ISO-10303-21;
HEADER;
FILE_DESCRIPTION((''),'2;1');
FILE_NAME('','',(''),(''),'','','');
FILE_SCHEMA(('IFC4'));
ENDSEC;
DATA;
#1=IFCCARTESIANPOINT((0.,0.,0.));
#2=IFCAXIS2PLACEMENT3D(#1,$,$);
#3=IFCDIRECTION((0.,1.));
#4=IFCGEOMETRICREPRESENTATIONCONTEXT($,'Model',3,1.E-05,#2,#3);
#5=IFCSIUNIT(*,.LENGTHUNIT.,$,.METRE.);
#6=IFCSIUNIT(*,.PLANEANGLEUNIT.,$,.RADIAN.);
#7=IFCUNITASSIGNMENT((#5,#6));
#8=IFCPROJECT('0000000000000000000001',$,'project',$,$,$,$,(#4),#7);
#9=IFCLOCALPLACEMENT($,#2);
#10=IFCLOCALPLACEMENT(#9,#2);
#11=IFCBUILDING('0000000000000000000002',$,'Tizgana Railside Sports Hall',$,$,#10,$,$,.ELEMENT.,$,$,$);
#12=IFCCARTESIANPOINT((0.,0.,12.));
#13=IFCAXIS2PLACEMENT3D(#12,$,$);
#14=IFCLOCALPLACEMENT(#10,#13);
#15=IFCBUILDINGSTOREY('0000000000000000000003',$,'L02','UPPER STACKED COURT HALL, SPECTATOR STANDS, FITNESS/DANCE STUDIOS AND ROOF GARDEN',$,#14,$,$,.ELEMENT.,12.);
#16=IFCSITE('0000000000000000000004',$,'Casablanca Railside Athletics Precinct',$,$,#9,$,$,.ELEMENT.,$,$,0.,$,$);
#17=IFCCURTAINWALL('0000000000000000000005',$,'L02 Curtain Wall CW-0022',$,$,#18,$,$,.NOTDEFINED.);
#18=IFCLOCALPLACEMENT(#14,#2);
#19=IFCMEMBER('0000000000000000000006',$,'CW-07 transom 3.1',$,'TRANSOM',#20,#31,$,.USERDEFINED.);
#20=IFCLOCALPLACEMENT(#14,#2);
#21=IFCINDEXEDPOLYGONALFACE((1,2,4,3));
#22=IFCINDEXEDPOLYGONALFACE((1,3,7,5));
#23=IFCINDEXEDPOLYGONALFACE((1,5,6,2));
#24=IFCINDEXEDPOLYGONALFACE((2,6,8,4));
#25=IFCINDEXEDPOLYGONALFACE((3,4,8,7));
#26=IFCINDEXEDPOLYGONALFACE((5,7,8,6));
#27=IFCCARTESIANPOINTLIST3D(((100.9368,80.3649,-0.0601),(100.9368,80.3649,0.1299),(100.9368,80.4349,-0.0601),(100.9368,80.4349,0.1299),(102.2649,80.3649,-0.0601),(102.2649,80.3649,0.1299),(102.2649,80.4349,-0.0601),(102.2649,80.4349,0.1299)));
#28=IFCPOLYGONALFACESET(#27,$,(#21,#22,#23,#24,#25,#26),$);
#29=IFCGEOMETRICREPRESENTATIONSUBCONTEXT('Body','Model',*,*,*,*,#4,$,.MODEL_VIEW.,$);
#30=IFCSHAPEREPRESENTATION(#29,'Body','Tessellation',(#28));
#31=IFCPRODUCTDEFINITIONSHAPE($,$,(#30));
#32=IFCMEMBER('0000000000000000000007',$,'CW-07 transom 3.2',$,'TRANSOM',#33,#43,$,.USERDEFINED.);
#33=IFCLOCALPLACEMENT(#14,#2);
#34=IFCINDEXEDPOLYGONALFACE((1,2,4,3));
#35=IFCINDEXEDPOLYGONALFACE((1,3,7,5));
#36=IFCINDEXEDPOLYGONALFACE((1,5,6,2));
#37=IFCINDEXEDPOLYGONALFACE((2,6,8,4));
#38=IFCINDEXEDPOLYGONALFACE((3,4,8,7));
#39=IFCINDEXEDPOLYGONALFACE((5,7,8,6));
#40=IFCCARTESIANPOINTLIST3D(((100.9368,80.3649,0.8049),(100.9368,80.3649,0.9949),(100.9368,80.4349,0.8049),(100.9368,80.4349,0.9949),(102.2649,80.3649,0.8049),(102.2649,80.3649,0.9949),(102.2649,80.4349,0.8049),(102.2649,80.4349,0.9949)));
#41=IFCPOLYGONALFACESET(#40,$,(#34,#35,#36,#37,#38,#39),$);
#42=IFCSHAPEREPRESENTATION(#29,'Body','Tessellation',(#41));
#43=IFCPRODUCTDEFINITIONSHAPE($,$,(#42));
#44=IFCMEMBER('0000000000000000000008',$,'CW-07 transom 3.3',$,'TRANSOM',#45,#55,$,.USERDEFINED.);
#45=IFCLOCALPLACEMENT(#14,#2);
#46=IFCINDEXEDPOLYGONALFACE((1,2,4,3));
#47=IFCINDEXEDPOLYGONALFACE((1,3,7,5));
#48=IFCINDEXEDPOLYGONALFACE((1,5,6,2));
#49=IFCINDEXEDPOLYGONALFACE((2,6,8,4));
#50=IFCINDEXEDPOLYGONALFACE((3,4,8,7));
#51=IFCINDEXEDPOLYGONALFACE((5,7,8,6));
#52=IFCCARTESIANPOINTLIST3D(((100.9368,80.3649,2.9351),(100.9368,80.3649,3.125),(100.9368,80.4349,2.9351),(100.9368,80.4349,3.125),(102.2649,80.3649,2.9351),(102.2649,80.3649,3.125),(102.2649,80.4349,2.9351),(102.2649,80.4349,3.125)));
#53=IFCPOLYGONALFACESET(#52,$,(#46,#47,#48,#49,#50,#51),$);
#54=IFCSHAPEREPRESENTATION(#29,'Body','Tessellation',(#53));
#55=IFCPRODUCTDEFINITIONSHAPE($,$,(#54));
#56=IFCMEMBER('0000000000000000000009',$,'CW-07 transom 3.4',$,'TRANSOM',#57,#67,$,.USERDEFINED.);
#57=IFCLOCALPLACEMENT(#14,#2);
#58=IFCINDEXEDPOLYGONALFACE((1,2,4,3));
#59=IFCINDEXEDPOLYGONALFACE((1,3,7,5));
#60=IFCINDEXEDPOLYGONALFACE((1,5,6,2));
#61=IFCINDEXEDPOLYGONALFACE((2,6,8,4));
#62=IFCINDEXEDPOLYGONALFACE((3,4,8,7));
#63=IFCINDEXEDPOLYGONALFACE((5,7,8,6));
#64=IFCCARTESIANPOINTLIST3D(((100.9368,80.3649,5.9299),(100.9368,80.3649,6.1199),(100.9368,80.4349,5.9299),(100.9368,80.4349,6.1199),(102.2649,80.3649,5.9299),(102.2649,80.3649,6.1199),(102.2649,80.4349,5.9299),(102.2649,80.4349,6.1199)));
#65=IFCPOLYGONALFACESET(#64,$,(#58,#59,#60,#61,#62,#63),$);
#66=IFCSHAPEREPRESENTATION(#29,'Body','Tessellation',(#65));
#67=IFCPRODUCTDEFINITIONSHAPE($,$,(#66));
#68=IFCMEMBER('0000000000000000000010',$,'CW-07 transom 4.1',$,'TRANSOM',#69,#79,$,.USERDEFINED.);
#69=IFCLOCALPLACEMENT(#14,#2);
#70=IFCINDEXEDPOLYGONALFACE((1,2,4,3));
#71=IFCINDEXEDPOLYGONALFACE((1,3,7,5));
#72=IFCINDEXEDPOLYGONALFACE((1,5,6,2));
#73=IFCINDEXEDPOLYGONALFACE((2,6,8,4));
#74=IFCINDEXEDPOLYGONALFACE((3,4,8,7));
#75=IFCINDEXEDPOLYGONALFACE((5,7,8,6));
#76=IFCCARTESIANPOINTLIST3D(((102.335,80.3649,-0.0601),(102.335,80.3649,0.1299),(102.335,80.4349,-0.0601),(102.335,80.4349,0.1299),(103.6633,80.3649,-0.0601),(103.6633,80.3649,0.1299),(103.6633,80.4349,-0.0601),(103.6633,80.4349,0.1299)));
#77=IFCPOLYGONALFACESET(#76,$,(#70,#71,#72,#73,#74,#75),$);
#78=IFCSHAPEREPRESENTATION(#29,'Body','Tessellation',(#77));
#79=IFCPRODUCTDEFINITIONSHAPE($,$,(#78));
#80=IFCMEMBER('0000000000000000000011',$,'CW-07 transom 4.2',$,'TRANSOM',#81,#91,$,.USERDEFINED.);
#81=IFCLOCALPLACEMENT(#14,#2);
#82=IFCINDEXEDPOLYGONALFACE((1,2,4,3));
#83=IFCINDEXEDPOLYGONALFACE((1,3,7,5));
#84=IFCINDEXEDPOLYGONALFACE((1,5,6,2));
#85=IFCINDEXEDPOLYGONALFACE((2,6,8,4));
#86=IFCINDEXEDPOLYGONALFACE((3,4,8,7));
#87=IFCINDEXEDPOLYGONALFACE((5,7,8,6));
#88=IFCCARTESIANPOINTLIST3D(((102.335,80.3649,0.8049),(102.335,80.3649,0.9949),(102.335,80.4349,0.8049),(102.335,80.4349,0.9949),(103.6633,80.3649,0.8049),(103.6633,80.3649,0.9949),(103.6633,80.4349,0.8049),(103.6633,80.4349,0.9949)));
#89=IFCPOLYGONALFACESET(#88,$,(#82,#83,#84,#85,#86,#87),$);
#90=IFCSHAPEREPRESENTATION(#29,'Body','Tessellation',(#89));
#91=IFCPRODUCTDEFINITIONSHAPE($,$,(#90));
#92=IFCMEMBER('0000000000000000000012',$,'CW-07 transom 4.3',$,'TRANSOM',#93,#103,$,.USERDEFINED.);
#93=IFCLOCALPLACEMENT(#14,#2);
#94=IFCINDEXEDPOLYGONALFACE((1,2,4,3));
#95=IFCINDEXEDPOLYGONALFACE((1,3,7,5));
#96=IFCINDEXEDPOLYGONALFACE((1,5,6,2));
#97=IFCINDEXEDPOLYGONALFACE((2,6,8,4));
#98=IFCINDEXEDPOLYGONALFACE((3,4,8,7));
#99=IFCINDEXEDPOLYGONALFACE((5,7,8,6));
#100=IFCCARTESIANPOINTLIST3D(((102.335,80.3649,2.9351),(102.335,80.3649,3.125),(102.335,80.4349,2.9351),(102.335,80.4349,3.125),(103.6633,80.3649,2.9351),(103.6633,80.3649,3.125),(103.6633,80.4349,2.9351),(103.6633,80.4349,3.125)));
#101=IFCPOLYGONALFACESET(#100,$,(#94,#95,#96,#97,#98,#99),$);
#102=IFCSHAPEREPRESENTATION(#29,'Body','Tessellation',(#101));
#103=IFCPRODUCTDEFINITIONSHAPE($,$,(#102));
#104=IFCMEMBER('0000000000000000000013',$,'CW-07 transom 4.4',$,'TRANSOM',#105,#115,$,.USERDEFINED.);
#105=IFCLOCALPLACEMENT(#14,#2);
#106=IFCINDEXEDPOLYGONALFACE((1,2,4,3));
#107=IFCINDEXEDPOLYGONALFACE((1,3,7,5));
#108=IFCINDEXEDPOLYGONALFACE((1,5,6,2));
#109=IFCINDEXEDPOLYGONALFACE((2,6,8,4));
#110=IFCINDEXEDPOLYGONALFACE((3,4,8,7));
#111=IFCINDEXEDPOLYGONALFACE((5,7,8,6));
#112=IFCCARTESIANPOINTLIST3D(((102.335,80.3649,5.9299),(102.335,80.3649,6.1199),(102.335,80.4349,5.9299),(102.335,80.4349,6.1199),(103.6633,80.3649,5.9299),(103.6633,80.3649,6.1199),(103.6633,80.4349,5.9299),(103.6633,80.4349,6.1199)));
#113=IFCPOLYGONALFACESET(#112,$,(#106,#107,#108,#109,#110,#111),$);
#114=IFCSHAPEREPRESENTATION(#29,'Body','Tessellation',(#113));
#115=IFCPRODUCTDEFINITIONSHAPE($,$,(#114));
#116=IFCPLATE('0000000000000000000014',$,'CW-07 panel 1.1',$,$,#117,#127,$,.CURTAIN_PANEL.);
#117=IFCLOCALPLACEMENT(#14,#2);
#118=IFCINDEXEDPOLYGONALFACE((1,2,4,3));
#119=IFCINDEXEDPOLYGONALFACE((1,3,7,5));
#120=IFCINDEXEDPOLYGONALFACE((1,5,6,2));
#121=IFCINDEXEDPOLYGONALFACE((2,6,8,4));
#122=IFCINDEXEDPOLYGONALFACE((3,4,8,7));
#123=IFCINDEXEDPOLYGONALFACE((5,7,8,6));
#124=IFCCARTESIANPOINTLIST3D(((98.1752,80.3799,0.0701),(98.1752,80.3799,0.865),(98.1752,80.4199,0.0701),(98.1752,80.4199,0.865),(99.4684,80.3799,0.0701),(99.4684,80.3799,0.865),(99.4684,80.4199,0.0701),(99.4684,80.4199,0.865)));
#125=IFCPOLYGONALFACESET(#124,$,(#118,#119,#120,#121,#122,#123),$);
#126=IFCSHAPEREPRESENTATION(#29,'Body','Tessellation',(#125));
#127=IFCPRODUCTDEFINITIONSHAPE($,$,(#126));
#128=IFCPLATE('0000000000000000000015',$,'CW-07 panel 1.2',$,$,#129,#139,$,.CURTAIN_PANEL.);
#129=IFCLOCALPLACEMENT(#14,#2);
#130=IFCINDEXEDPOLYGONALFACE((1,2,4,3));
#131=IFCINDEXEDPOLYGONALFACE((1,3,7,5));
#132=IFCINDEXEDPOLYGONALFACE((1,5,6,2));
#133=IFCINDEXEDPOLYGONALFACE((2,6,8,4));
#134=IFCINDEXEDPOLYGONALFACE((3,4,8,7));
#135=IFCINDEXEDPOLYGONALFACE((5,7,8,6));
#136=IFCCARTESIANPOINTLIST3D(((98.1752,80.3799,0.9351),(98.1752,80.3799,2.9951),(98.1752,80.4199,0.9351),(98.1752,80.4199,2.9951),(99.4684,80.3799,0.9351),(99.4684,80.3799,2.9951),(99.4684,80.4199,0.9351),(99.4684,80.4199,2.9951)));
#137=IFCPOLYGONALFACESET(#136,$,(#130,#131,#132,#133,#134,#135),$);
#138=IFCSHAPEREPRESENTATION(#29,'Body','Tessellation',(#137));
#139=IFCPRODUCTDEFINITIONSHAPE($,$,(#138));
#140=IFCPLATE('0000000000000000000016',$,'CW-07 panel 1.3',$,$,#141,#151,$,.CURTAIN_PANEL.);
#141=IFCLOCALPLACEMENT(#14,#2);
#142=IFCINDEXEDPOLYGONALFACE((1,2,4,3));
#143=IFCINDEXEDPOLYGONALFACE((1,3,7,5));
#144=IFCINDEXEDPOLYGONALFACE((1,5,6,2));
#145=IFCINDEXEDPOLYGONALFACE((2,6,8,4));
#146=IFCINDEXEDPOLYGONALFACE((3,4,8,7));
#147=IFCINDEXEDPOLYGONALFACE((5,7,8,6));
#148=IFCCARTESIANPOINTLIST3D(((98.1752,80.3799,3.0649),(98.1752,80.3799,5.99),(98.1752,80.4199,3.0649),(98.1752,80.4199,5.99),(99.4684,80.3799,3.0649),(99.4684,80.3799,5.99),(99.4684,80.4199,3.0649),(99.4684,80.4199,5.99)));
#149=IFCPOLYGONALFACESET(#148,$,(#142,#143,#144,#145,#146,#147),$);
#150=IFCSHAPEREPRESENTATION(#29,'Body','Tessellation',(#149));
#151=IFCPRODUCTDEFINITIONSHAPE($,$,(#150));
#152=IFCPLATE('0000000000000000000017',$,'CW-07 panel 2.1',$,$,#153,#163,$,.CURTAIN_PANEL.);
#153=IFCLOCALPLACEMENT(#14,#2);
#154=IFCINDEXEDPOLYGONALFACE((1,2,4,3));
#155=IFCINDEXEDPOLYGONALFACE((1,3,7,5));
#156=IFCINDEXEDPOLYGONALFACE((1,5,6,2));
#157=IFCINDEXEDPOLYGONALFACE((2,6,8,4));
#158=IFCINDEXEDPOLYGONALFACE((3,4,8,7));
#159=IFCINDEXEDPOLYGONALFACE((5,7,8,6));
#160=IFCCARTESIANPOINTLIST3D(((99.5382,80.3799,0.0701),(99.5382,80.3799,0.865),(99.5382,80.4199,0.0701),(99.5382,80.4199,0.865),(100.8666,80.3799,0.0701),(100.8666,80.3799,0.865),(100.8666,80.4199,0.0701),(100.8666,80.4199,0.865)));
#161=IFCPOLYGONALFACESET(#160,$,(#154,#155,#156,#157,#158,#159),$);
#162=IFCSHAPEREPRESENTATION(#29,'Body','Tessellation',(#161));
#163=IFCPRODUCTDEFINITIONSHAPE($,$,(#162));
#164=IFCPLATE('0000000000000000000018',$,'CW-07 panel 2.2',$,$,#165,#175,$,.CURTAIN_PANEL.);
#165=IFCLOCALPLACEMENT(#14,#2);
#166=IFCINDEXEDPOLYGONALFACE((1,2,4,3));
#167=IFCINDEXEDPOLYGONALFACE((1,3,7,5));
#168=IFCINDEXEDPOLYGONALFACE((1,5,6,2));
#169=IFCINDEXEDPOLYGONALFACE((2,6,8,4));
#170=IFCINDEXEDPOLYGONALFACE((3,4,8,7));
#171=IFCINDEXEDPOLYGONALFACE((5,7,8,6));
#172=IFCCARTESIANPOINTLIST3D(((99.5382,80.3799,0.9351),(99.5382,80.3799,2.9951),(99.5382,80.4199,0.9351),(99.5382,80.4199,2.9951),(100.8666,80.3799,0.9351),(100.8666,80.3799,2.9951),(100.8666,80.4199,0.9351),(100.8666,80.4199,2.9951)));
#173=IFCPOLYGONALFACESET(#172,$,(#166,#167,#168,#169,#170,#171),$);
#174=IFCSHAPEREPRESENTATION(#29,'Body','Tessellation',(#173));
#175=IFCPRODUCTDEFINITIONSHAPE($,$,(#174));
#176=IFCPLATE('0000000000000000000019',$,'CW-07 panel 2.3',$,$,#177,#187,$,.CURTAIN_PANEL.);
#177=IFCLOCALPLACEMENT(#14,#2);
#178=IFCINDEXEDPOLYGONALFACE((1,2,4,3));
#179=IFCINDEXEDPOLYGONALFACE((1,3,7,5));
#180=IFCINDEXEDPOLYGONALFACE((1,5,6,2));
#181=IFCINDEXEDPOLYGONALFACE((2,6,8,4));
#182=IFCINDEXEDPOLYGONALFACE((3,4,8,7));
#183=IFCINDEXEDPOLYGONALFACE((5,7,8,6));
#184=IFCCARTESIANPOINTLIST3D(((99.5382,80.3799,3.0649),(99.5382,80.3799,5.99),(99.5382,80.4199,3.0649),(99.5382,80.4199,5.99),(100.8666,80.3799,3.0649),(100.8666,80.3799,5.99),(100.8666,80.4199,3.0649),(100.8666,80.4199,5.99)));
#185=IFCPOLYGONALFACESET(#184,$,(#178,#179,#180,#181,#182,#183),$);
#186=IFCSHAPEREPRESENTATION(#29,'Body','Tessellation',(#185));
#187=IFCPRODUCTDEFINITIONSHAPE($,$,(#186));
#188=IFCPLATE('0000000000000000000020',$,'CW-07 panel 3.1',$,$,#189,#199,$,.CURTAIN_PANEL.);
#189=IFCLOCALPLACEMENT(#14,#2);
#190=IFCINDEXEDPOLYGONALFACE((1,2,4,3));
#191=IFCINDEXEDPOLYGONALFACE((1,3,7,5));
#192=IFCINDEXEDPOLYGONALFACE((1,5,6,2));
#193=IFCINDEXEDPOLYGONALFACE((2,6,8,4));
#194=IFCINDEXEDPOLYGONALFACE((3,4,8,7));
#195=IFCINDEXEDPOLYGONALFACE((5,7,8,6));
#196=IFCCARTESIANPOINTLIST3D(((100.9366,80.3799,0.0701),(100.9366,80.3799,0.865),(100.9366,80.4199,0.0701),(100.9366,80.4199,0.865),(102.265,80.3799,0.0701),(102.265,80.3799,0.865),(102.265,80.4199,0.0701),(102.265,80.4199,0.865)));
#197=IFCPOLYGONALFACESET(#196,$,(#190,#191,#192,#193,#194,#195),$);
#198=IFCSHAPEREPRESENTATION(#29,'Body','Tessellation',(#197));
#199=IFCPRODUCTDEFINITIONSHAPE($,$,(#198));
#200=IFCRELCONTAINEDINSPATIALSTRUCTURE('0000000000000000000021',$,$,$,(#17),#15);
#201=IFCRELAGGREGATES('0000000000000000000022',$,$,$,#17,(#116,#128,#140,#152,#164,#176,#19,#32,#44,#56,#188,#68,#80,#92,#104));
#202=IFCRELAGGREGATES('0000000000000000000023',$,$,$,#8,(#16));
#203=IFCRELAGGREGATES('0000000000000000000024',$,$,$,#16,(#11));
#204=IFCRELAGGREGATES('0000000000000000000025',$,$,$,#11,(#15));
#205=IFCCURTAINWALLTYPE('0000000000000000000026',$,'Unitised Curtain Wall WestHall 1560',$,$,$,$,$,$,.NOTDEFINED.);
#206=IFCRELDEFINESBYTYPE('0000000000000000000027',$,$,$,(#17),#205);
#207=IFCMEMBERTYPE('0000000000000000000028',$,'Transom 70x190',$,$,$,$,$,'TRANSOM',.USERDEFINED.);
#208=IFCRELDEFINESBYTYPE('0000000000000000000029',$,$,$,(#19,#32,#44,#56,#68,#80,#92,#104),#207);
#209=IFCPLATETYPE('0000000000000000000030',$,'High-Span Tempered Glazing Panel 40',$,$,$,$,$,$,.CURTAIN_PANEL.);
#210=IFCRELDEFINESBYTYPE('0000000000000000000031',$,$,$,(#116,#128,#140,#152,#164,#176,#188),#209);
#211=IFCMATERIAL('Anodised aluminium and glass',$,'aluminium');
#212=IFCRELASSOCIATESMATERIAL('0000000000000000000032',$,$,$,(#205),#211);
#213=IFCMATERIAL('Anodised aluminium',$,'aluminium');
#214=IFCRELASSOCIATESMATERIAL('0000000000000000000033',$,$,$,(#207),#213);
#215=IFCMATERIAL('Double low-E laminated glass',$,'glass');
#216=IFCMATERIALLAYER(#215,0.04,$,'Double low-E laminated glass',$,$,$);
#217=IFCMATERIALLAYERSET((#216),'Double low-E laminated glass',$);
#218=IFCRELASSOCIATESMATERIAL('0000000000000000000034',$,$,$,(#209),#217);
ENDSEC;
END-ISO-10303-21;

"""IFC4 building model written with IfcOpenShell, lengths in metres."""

from ifc_helpers import new_model, si_unit, direction, frame, origin, origin_2d, place, context, subcontext, project, spatial, rectangle, extrude, material, layer, layer_set, material_profile, profile_set, type_object, element, aggregate, save


model = new_model("IFC4")

# Units and contexts
model_context = context("Model", 3, precision=1e-05, world=origin(), true_north=direction((0.0, 1.0)))
body_context = subcontext(model_context, "Body", "Model", "MODEL_VIEW")
ifc_project = project(units=[si_unit("LENGTHUNIT", "METRE"), si_unit("PLANEANGLEUNIT", "RADIAN")], contexts=[model_context])

# Site, building, storey
site_placement = place(None, origin())
site = spatial("IfcSite", under=ifc_project, at=site_placement, Name="Casablanca Railside Athletics Precinct", CompositionType="ELEMENT", RefElevation=0.0)
building_placement = place(site_placement, origin())
building = spatial("IfcBuilding", under=site, at=building_placement, Name="Tizgana Railside Sports Hall", CompositionType="ELEMENT")
storey_placement = place(building_placement, frame((0.0, 0.0, 12.0)))
storey = spatial("IfcBuildingStorey", under=building, at=storey_placement, Name="L02", Description="UPPER STACKED COURT HALL, SPECTATOR STANDS, FITNESS/DANCE STUDIOS AND ROOF GARDEN", CompositionType="ELEMENT", Elevation=12.0)

# Shared definitions
ifc_material_1 = material(Name="Anodised aluminium and glass", Category="aluminium")
ifc_material_2 = material(Name="Anodised aluminium", Category="aluminium")

# Curtain wall, members, plates
curtain_wall_type_1 = type_object("IfcCurtainWallType", Name="Unitised Curtain Wall WestHall 1560", PredefinedType="NOTDEFINED", material=ifc_material_1)
curtain_wall_1_placement = place(storey_placement, origin())
curtain_wall_1 = element("IfcCurtainWall", 1, at=curtain_wall_1_placement, inside=storey, type_object=curtain_wall_type_1, Name="L02 Curtain Wall CW-0022", PredefinedType="NOTDEFINED")
ifc_material_profile_1 = material_profile(ifc_material_2, rectangle(XDim=0.0701, YDim=0.1899, at=origin_2d()), Name="Transom 70x190")
ifc_profile_set_1 = profile_set([ifc_material_profile_1], Name="Anodised aluminium")
member_type_1 = type_object("IfcMemberType", Name="Transom 70x190", ElementType="TRANSOM", PredefinedType="USERDEFINED", material=ifc_profile_set_1)
member_1_placement = place(storey_placement, frame((100.9368, 80.3999, 0.0349), z_axis=(1.0, 0.0, 0.0), x_axis=(0.0, 1.0, 0.0)))
member_1 = element("IfcMember", 2, at=member_1_placement, type_object=member_type_1, Name="CW-07 transom 3.1", ObjectType="TRANSOM", PredefinedType="USERDEFINED", context=body_context, shape_type="SweptSolid", body=[
    extrude(rectangle(XDim=0.0701, YDim=0.1899, at=origin_2d()), origin(), (0.0, 0.0, 1.0), 1.3281),
])
member_2_placement = place(storey_placement, frame((100.9368, 80.3999, 0.8999), z_axis=(1.0, 0.0, 0.0), x_axis=(0.0, 1.0, 0.0)))
member_2 = element("IfcMember", 3, at=member_2_placement, type_object=member_type_1, Name="CW-07 transom 3.2", ObjectType="TRANSOM", PredefinedType="USERDEFINED", context=body_context, shape_type="SweptSolid", body=[
    extrude(rectangle(XDim=0.0701, YDim=0.1899, at=origin_2d()), origin(), (0.0, 0.0, 1.0), 1.3281),
])
member_3_placement = place(storey_placement, frame((100.9368, 80.3999, 3.03), z_axis=(1.0, 0.0, 0.0), x_axis=(0.0, 1.0, 0.0)))
member_3 = element("IfcMember", 4, at=member_3_placement, type_object=member_type_1, Name="CW-07 transom 3.3", ObjectType="TRANSOM", PredefinedType="USERDEFINED", context=body_context, shape_type="SweptSolid", body=[
    extrude(rectangle(XDim=0.0701, YDim=0.1899, at=origin_2d()), origin(), (0.0, 0.0, 1.0), 1.3281),
])
member_4_placement = place(storey_placement, frame((100.9368, 80.3999, 6.0249), z_axis=(1.0, 0.0, 0.0), x_axis=(0.0, 1.0, 0.0)))
member_4 = element("IfcMember", 5, at=member_4_placement, type_object=member_type_1, Name="CW-07 transom 3.4", ObjectType="TRANSOM", PredefinedType="USERDEFINED", context=body_context, shape_type="SweptSolid", body=[
    extrude(rectangle(XDim=0.0701, YDim=0.1899, at=origin_2d()), origin(), (0.0, 0.0, 1.0), 1.3281),
])
member_5_placement = place(storey_placement, frame((102.335, 80.3999, 0.0349), z_axis=(1.0, 0.0, 0.0), x_axis=(0.0, 1.0, 0.0)))
member_5 = element("IfcMember", 6, at=member_5_placement, type_object=member_type_1, Name="CW-07 transom 4.1", ObjectType="TRANSOM", PredefinedType="USERDEFINED", context=body_context, shape_type="SweptSolid", body=[
    extrude(rectangle(XDim=0.0701, YDim=0.1899, at=origin_2d()), origin(), (0.0, 0.0, 1.0), 1.3284),
])
member_6_placement = place(storey_placement, frame((102.335, 80.3999, 0.8999), z_axis=(1.0, 0.0, 0.0), x_axis=(0.0, 1.0, 0.0)))
member_6 = element("IfcMember", 7, at=member_6_placement, type_object=member_type_1, Name="CW-07 transom 4.2", ObjectType="TRANSOM", PredefinedType="USERDEFINED", context=body_context, shape_type="SweptSolid", body=[
    extrude(rectangle(XDim=0.0701, YDim=0.1899, at=origin_2d()), origin(), (0.0, 0.0, 1.0), 1.3284),
])
member_7_placement = place(storey_placement, frame((102.335, 80.3999, 3.03), z_axis=(1.0, 0.0, 0.0), x_axis=(0.0, 1.0, 0.0)))
member_7 = element("IfcMember", 8, at=member_7_placement, type_object=member_type_1, Name="CW-07 transom 4.3", ObjectType="TRANSOM", PredefinedType="USERDEFINED", context=body_context, shape_type="SweptSolid", body=[
    extrude(rectangle(XDim=0.0701, YDim=0.1899, at=origin_2d()), origin(), (0.0, 0.0, 1.0), 1.3284),
])
member_8_placement = place(storey_placement, frame((102.335, 80.3999, 6.0249), z_axis=(1.0, 0.0, 0.0), x_axis=(0.0, 1.0, 0.0)))
member_8 = element("IfcMember", 9, at=member_8_placement, type_object=member_type_1, Name="CW-07 transom 4.4", ObjectType="TRANSOM", PredefinedType="USERDEFINED", context=body_context, shape_type="SweptSolid", body=[
    extrude(rectangle(XDim=0.0701, YDim=0.1899, at=origin_2d()), origin(), (0.0, 0.0, 1.0), 1.3284),
])
ifc_material_3 = material(Name="Double low-E laminated glass", Category="glass")
ifc_layer_1 = layer(ifc_material_3, 0.04, Name="Double low-E laminated glass")
ifc_layer_set_1 = layer_set([ifc_layer_1], Name="Double low-E laminated glass")
plate_type = type_object("IfcPlateType", Name="High-Span Tempered Glazing Panel 40", PredefinedType="CURTAIN_PANEL", material=ifc_layer_set_1)
plate_1_placement = place(storey_placement, frame((98.8218, 80.3999, 0.0701), z_axis=(0.0, 0.0, 1.0), x_axis=(1.0, 0.0, 0.0)))
plate_1 = element("IfcPlate", 10, at=plate_1_placement, type_object=plate_type, Name="CW-07 panel 1.1", PredefinedType="CURTAIN_PANEL", context=body_context, shape_type="SweptSolid", body=[
    extrude(rectangle(XDim=1.2932, YDim=0.04, at=origin_2d()), origin(), (0.0, 0.0, 1.0), 0.7949),
])
plate_2_placement = place(storey_placement, frame((98.8218, 80.3999, 0.9351), z_axis=(0.0, 0.0, 1.0), x_axis=(1.0, 0.0, 0.0)))
plate_2 = element("IfcPlate", 11, at=plate_2_placement, type_object=plate_type, Name="CW-07 panel 1.2", PredefinedType="CURTAIN_PANEL", context=body_context, shape_type="SweptSolid", body=[
    extrude(rectangle(XDim=1.2932, YDim=0.04, at=origin_2d()), origin(), (0.0, 0.0, 1.0), 2.0601),
])
plate_3_placement = place(storey_placement, frame((98.8218, 80.3999, 3.0649), z_axis=(0.0, 0.0, 1.0), x_axis=(1.0, 0.0, 0.0)))
plate_3 = element("IfcPlate", 12, at=plate_3_placement, type_object=plate_type, Name="CW-07 panel 1.3", PredefinedType="CURTAIN_PANEL", context=body_context, shape_type="SweptSolid", body=[
    extrude(rectangle(XDim=1.2932, YDim=0.04, at=origin_2d()), origin(), (0.0, 0.0, 1.0), 2.925),
])
plate_4_placement = place(storey_placement, frame((100.2024, 80.3999, 0.0701), z_axis=(0.0, 0.0, 1.0), x_axis=(1.0, 0.0, 0.0)))
plate_4 = element("IfcPlate", 13, at=plate_4_placement, type_object=plate_type, Name="CW-07 panel 2.1", PredefinedType="CURTAIN_PANEL", context=body_context, shape_type="SweptSolid", body=[
    extrude(rectangle(XDim=1.3284, YDim=0.04, at=origin_2d()), origin(), (0.0, 0.0, 1.0), 0.7949),
])
plate_5_placement = place(storey_placement, frame((100.2024, 80.3999, 0.9351), z_axis=(0.0, 0.0, 1.0), x_axis=(1.0, 0.0, 0.0)))
plate_5 = element("IfcPlate", 14, at=plate_5_placement, type_object=plate_type, Name="CW-07 panel 2.2", PredefinedType="CURTAIN_PANEL", context=body_context, shape_type="SweptSolid", body=[
    extrude(rectangle(XDim=1.3284, YDim=0.04, at=origin_2d()), origin(), (0.0, 0.0, 1.0), 2.0601),
])
plate_6_placement = place(storey_placement, frame((100.2024, 80.3999, 3.0649), z_axis=(0.0, 0.0, 1.0), x_axis=(1.0, 0.0, 0.0)))
plate_6 = element("IfcPlate", 15, at=plate_6_placement, type_object=plate_type, Name="CW-07 panel 2.3", PredefinedType="CURTAIN_PANEL", context=body_context, shape_type="SweptSolid", body=[
    extrude(rectangle(XDim=1.3284, YDim=0.04, at=origin_2d()), origin(), (0.0, 0.0, 1.0), 2.925),
])
plate_7_placement = place(storey_placement, frame((101.6008, 80.3999, 0.0701), z_axis=(0.0, 0.0, 1.0), x_axis=(1.0, 0.0, 0.0)))
plate_7 = element("IfcPlate", 16, at=plate_7_placement, type_object=plate_type, Name="CW-07 panel 3.1", PredefinedType="CURTAIN_PANEL", context=body_context, shape_type="SweptSolid", body=[
    extrude(rectangle(XDim=1.3284, YDim=0.04, at=origin_2d()), origin(), (0.0, 0.0, 1.0), 0.7949),
])
aggregate(curtain_wall_1, [plate_1, plate_2, plate_3, plate_4, plate_5, plate_6, member_1, member_2, member_3, member_4, plate_7, member_5, member_6, member_7, member_8])

save(model, "model.ifc")
